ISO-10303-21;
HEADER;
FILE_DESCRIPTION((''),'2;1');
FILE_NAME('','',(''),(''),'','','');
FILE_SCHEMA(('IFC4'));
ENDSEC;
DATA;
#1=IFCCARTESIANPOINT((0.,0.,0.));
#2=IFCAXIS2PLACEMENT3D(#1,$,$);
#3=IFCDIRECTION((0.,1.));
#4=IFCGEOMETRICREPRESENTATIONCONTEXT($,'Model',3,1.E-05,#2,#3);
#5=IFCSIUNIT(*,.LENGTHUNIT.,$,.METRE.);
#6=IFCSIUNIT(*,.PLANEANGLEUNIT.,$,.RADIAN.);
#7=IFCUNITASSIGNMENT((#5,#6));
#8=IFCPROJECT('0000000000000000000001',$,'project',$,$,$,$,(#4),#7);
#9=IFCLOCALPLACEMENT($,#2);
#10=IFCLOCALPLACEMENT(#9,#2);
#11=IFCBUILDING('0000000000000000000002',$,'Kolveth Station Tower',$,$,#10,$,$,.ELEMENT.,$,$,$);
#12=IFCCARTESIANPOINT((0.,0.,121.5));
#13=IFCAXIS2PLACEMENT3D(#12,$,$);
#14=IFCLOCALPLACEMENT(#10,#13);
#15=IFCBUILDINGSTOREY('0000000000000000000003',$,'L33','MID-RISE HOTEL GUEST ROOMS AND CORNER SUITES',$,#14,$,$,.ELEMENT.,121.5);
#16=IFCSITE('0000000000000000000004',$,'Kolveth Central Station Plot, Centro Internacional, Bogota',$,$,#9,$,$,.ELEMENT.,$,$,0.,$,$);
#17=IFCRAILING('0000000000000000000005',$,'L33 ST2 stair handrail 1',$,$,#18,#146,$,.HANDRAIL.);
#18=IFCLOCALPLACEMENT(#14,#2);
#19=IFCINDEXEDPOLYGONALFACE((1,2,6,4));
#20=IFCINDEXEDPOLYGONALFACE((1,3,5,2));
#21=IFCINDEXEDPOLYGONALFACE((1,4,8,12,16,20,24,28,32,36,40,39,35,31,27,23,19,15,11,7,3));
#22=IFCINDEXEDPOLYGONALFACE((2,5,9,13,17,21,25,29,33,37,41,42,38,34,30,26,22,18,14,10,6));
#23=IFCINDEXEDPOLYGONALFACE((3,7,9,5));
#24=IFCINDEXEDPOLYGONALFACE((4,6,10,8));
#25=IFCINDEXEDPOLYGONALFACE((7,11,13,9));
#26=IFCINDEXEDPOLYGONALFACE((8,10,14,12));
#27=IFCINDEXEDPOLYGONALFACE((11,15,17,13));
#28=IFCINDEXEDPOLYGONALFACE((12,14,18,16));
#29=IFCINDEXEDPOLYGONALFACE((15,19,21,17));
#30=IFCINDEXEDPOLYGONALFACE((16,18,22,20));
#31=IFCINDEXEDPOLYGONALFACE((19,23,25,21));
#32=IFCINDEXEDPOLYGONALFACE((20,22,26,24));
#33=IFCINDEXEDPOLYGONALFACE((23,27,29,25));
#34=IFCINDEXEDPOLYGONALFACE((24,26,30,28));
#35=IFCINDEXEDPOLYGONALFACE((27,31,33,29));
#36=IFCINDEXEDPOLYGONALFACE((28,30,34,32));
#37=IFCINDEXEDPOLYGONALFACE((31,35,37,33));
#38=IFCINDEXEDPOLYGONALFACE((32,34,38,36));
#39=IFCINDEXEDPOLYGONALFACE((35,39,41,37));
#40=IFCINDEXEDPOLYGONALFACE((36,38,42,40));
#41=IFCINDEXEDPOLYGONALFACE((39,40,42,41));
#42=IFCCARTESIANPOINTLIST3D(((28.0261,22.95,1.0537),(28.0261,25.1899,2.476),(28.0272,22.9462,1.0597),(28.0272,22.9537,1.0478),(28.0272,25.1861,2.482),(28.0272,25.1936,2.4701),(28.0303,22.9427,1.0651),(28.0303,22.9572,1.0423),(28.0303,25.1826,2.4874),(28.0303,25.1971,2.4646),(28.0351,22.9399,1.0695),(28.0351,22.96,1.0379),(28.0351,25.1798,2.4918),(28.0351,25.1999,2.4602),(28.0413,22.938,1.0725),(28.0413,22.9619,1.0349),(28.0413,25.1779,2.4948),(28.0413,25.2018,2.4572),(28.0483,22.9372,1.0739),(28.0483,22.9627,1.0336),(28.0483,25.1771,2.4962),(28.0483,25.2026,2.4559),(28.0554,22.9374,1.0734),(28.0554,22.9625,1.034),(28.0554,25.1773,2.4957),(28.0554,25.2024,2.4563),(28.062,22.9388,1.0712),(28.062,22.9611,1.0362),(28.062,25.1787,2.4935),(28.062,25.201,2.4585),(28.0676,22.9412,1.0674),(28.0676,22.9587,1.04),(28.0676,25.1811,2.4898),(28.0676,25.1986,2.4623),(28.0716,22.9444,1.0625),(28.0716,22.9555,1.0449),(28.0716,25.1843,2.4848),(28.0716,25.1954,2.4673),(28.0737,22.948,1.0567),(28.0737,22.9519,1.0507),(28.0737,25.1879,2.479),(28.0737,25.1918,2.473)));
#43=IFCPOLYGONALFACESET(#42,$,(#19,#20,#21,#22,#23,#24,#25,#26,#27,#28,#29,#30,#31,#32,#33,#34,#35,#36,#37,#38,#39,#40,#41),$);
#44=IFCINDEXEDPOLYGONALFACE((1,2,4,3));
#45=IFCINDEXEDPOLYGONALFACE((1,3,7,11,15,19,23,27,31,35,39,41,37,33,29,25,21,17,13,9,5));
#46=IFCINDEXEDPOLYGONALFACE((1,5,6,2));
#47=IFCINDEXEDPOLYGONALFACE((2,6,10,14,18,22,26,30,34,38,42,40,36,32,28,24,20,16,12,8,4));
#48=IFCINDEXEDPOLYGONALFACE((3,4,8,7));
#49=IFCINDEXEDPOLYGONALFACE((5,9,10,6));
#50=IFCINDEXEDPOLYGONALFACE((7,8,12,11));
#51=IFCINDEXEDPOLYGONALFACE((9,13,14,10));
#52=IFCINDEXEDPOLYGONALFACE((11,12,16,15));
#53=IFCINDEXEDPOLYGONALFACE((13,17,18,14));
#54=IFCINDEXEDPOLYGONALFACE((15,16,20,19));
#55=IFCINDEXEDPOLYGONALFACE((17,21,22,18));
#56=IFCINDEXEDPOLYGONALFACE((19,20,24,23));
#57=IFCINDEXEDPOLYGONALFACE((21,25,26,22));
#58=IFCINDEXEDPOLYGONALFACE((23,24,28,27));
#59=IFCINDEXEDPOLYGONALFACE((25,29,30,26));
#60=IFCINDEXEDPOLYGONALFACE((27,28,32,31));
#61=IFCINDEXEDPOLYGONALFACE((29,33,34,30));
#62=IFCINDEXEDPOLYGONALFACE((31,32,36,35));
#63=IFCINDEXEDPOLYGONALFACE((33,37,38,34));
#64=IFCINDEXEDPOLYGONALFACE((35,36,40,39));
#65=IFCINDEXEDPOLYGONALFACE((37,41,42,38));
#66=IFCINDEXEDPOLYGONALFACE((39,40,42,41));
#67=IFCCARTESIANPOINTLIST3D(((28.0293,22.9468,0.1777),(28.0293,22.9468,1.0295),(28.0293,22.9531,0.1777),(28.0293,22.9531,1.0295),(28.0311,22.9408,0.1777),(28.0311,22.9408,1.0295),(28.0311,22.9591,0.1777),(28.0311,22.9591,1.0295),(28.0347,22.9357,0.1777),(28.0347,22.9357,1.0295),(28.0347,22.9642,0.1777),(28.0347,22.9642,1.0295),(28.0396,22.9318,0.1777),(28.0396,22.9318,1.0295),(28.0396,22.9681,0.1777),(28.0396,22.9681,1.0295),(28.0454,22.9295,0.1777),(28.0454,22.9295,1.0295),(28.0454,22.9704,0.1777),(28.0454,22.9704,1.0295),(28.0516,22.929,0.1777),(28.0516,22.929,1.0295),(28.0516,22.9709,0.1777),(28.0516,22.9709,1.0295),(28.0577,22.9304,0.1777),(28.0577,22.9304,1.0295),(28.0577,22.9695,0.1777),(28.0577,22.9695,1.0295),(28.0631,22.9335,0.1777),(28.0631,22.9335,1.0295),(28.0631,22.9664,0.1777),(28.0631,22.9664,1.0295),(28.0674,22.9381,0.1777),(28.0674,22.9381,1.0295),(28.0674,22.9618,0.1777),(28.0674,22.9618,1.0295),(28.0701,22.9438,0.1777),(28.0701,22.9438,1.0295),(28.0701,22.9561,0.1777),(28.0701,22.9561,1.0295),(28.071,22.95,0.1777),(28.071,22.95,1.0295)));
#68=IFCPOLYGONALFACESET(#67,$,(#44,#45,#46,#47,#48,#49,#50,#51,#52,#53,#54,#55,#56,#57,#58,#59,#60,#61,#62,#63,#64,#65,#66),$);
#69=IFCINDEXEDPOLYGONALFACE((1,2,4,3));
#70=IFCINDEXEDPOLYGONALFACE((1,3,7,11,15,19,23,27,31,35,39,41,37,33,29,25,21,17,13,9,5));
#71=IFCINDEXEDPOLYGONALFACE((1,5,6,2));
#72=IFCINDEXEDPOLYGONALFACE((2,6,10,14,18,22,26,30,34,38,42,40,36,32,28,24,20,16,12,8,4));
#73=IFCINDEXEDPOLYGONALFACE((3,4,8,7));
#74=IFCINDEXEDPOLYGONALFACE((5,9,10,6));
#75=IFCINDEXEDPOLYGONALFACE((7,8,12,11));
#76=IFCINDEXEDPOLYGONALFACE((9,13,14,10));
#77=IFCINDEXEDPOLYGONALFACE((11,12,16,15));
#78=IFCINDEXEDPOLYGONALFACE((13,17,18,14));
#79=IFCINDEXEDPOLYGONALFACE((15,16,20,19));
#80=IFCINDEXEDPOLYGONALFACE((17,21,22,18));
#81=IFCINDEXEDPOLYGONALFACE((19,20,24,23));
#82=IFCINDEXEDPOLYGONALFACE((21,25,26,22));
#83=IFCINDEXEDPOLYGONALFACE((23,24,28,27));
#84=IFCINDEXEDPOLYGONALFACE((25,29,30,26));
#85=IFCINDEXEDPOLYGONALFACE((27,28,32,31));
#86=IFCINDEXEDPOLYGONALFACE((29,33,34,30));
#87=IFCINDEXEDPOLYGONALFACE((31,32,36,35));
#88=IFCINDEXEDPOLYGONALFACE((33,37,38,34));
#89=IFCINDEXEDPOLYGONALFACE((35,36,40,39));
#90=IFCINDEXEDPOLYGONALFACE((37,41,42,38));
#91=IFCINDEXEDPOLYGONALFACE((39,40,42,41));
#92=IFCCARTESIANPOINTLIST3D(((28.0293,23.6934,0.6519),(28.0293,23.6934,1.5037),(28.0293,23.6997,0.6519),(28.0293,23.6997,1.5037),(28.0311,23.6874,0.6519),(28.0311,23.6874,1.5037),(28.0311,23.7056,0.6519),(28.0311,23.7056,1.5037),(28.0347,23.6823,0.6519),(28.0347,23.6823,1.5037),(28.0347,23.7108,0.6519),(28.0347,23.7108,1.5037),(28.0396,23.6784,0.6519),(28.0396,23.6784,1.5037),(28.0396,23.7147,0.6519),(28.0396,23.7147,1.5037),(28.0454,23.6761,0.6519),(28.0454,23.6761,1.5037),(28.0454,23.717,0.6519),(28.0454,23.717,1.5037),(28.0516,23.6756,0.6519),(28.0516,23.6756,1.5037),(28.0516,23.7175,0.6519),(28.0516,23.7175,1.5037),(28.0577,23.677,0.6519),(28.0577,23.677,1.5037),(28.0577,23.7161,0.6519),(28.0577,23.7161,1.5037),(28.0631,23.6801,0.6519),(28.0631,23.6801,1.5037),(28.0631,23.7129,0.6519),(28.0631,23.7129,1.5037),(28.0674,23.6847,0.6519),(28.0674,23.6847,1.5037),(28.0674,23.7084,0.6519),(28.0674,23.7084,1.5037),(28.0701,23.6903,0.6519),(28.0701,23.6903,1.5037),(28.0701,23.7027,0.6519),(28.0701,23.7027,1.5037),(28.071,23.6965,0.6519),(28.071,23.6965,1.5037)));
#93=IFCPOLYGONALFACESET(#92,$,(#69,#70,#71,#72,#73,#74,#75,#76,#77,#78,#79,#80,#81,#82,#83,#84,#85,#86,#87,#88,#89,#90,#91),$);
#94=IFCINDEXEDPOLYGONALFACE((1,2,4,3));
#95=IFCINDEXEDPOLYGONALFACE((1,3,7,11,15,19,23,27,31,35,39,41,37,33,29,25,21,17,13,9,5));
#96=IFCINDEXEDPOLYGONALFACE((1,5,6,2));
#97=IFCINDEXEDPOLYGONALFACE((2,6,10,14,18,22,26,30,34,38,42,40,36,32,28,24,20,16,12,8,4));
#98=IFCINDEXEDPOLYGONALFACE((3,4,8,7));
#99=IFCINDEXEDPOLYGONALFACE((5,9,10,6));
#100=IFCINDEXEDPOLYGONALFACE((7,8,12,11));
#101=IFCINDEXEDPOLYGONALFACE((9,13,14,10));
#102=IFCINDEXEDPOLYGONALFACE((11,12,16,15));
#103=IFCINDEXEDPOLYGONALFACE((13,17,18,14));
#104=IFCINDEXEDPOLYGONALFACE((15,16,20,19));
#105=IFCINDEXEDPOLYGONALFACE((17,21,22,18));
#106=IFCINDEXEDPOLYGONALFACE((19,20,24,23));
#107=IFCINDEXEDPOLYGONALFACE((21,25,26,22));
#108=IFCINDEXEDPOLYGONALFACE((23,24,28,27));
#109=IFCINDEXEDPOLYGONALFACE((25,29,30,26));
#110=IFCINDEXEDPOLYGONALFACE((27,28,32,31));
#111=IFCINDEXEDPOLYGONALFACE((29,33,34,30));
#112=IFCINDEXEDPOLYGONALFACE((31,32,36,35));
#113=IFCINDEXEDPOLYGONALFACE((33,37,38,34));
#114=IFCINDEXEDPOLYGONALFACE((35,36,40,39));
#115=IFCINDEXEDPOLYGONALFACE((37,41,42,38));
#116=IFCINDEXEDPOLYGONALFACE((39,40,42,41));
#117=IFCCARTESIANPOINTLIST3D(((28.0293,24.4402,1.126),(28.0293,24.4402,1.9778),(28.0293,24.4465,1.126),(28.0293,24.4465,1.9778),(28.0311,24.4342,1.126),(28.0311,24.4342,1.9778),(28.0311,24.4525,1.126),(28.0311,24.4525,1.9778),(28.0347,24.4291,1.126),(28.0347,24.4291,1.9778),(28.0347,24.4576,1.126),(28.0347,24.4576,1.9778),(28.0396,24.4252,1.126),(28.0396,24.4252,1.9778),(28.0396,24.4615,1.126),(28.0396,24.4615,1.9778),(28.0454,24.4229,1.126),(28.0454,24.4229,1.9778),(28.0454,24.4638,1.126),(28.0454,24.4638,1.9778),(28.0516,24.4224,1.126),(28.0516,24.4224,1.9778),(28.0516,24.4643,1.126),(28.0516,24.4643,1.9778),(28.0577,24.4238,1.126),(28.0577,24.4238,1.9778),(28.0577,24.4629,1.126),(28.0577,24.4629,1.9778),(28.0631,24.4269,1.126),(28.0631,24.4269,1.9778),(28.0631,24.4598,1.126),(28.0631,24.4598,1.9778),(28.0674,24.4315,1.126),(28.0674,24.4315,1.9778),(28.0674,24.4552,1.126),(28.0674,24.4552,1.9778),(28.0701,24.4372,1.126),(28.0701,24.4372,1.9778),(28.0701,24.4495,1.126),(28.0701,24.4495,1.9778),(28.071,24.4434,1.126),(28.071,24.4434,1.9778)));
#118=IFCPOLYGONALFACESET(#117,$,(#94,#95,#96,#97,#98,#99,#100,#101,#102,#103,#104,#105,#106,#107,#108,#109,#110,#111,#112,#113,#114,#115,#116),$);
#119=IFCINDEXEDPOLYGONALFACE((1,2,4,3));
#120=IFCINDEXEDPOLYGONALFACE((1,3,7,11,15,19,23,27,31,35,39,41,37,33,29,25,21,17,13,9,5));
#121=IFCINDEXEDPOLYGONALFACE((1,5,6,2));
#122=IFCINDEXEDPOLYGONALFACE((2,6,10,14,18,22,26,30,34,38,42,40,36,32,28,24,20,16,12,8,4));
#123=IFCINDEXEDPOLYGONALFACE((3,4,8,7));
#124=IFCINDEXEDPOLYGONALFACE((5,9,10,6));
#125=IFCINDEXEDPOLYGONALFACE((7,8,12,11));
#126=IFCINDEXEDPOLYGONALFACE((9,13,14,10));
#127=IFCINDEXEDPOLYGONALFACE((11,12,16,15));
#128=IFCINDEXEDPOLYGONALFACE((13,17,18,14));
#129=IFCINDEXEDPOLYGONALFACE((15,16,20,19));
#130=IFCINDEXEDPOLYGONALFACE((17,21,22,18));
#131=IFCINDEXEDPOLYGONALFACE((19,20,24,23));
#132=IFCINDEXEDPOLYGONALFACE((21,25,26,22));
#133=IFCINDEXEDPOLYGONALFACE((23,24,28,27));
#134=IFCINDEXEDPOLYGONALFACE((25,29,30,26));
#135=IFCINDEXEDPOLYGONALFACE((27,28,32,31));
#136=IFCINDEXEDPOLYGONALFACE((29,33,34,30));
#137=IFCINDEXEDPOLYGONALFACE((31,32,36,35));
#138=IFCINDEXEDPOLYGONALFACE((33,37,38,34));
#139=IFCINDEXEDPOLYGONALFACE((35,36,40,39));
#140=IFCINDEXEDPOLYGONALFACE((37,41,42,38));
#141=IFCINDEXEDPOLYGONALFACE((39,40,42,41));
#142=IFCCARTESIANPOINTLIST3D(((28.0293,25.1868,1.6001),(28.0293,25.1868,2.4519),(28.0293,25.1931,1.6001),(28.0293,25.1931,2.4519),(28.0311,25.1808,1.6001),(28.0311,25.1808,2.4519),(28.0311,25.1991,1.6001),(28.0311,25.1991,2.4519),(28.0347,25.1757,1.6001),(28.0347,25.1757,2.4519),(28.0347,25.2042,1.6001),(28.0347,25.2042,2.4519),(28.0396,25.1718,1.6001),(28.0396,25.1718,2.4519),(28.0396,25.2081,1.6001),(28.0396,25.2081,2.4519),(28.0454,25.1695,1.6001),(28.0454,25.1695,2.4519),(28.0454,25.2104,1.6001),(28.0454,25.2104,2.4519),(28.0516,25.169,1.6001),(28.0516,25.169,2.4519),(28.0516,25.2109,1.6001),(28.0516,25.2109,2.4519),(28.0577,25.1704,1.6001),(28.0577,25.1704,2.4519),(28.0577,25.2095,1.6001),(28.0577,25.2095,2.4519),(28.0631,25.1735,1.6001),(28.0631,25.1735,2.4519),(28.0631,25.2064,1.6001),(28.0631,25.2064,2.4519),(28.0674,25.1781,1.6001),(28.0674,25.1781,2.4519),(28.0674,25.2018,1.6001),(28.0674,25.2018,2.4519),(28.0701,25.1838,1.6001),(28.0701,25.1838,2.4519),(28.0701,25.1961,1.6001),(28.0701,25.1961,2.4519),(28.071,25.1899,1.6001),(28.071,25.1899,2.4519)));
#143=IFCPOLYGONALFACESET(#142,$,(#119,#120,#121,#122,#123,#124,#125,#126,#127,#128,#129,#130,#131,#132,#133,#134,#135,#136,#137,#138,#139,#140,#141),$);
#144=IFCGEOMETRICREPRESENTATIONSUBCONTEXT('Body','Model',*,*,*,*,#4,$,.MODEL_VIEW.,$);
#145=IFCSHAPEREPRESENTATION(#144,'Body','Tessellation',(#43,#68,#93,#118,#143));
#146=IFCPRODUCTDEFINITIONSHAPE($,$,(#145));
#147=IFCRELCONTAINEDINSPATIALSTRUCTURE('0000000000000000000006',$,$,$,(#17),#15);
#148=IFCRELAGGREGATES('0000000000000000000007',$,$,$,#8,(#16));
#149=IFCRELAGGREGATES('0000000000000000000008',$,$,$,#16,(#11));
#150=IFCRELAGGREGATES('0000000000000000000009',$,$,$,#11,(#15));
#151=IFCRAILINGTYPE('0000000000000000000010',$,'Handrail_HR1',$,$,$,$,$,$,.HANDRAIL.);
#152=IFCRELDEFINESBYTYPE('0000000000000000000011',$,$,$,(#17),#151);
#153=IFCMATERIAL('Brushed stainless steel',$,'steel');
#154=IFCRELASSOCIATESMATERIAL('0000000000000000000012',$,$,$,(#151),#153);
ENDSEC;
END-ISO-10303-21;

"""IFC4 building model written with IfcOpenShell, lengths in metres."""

from ifc_helpers import new_model, si_unit, direction, frame, origin, origin_2d, place, context, subcontext, project, spatial, circle, extrude, material, type_object, element, save


model = new_model("IFC4")

# Units and contexts
model_context = context("Model", 3, precision=1e-05, world=origin(), true_north=direction((0.0, 1.0)))
body_context = subcontext(model_context, "Body", "Model", "MODEL_VIEW")
ifc_project = project(units=[si_unit("LENGTHUNIT", "METRE"), si_unit("PLANEANGLEUNIT", "RADIAN")], contexts=[model_context])

# Site, building, storey
site_placement = place(None, origin())
site = spatial("IfcSite", under=ifc_project, at=site_placement, Name="Kolveth Central Station Plot, Centro Internacional, Bogota", CompositionType="ELEMENT", RefElevation=0.0)
building_placement = place(site_placement, origin())
building = spatial("IfcBuilding", under=site, at=building_placement, Name="Kolveth Station Tower", CompositionType="ELEMENT")
storey_placement = place(building_placement, frame((0.0, 0.0, 121.5)))
storey = spatial("IfcBuildingStorey", under=building, at=storey_placement, Name="L33", Description="MID-RISE HOTEL GUEST ROOMS AND CORNER SUITES", CompositionType="ELEMENT", Elevation=121.5)

# Railing
ifc_material_1 = material(Name="Brushed stainless steel", Category="steel")
railing_type_1 = type_object("IfcRailingType", Name="Handrail_HR1", PredefinedType="HANDRAIL", material=ifc_material_1)
railing_1_placement = place(storey_placement, frame((28.05, 22.95, 0.1777)))
element("IfcRailing", 1, at=railing_1_placement, inside=storey, type_object=railing_type_1, Name="L33 ST2 stair handrail 1", PredefinedType="HANDRAIL", context=body_context, shape_type="SweptSolid", body=[
    extrude(circle(Radius=0.0239, at=origin_2d()), frame((0.0, 0.0, 0.876), z_axis=(0.0, 0.844188, 0.536048), x_axis=(-1.0, 0.0, 0.0)), (0.0, 0.0, 1.0), 2.6533),
    extrude(circle(Radius=0.021, at=origin_2d()), origin(), (0.0, 0.0, 1.0), 0.8518),
    extrude(circle(Radius=0.021, at=origin_2d()), frame((0.0, 0.7466, 0.4741)), (0.0, 0.0, 1.0), 0.8518),
    extrude(circle(Radius=0.021, at=origin_2d()), frame((0.0, 1.4934, 0.9482)), (0.0, 0.0, 1.0), 0.8518),
    extrude(circle(Radius=0.021, at=origin_2d()), frame((0.0, 2.24, 1.4224)), (0.0, 0.0, 1.0), 0.8518),
])

save(model, "model.ifc")
